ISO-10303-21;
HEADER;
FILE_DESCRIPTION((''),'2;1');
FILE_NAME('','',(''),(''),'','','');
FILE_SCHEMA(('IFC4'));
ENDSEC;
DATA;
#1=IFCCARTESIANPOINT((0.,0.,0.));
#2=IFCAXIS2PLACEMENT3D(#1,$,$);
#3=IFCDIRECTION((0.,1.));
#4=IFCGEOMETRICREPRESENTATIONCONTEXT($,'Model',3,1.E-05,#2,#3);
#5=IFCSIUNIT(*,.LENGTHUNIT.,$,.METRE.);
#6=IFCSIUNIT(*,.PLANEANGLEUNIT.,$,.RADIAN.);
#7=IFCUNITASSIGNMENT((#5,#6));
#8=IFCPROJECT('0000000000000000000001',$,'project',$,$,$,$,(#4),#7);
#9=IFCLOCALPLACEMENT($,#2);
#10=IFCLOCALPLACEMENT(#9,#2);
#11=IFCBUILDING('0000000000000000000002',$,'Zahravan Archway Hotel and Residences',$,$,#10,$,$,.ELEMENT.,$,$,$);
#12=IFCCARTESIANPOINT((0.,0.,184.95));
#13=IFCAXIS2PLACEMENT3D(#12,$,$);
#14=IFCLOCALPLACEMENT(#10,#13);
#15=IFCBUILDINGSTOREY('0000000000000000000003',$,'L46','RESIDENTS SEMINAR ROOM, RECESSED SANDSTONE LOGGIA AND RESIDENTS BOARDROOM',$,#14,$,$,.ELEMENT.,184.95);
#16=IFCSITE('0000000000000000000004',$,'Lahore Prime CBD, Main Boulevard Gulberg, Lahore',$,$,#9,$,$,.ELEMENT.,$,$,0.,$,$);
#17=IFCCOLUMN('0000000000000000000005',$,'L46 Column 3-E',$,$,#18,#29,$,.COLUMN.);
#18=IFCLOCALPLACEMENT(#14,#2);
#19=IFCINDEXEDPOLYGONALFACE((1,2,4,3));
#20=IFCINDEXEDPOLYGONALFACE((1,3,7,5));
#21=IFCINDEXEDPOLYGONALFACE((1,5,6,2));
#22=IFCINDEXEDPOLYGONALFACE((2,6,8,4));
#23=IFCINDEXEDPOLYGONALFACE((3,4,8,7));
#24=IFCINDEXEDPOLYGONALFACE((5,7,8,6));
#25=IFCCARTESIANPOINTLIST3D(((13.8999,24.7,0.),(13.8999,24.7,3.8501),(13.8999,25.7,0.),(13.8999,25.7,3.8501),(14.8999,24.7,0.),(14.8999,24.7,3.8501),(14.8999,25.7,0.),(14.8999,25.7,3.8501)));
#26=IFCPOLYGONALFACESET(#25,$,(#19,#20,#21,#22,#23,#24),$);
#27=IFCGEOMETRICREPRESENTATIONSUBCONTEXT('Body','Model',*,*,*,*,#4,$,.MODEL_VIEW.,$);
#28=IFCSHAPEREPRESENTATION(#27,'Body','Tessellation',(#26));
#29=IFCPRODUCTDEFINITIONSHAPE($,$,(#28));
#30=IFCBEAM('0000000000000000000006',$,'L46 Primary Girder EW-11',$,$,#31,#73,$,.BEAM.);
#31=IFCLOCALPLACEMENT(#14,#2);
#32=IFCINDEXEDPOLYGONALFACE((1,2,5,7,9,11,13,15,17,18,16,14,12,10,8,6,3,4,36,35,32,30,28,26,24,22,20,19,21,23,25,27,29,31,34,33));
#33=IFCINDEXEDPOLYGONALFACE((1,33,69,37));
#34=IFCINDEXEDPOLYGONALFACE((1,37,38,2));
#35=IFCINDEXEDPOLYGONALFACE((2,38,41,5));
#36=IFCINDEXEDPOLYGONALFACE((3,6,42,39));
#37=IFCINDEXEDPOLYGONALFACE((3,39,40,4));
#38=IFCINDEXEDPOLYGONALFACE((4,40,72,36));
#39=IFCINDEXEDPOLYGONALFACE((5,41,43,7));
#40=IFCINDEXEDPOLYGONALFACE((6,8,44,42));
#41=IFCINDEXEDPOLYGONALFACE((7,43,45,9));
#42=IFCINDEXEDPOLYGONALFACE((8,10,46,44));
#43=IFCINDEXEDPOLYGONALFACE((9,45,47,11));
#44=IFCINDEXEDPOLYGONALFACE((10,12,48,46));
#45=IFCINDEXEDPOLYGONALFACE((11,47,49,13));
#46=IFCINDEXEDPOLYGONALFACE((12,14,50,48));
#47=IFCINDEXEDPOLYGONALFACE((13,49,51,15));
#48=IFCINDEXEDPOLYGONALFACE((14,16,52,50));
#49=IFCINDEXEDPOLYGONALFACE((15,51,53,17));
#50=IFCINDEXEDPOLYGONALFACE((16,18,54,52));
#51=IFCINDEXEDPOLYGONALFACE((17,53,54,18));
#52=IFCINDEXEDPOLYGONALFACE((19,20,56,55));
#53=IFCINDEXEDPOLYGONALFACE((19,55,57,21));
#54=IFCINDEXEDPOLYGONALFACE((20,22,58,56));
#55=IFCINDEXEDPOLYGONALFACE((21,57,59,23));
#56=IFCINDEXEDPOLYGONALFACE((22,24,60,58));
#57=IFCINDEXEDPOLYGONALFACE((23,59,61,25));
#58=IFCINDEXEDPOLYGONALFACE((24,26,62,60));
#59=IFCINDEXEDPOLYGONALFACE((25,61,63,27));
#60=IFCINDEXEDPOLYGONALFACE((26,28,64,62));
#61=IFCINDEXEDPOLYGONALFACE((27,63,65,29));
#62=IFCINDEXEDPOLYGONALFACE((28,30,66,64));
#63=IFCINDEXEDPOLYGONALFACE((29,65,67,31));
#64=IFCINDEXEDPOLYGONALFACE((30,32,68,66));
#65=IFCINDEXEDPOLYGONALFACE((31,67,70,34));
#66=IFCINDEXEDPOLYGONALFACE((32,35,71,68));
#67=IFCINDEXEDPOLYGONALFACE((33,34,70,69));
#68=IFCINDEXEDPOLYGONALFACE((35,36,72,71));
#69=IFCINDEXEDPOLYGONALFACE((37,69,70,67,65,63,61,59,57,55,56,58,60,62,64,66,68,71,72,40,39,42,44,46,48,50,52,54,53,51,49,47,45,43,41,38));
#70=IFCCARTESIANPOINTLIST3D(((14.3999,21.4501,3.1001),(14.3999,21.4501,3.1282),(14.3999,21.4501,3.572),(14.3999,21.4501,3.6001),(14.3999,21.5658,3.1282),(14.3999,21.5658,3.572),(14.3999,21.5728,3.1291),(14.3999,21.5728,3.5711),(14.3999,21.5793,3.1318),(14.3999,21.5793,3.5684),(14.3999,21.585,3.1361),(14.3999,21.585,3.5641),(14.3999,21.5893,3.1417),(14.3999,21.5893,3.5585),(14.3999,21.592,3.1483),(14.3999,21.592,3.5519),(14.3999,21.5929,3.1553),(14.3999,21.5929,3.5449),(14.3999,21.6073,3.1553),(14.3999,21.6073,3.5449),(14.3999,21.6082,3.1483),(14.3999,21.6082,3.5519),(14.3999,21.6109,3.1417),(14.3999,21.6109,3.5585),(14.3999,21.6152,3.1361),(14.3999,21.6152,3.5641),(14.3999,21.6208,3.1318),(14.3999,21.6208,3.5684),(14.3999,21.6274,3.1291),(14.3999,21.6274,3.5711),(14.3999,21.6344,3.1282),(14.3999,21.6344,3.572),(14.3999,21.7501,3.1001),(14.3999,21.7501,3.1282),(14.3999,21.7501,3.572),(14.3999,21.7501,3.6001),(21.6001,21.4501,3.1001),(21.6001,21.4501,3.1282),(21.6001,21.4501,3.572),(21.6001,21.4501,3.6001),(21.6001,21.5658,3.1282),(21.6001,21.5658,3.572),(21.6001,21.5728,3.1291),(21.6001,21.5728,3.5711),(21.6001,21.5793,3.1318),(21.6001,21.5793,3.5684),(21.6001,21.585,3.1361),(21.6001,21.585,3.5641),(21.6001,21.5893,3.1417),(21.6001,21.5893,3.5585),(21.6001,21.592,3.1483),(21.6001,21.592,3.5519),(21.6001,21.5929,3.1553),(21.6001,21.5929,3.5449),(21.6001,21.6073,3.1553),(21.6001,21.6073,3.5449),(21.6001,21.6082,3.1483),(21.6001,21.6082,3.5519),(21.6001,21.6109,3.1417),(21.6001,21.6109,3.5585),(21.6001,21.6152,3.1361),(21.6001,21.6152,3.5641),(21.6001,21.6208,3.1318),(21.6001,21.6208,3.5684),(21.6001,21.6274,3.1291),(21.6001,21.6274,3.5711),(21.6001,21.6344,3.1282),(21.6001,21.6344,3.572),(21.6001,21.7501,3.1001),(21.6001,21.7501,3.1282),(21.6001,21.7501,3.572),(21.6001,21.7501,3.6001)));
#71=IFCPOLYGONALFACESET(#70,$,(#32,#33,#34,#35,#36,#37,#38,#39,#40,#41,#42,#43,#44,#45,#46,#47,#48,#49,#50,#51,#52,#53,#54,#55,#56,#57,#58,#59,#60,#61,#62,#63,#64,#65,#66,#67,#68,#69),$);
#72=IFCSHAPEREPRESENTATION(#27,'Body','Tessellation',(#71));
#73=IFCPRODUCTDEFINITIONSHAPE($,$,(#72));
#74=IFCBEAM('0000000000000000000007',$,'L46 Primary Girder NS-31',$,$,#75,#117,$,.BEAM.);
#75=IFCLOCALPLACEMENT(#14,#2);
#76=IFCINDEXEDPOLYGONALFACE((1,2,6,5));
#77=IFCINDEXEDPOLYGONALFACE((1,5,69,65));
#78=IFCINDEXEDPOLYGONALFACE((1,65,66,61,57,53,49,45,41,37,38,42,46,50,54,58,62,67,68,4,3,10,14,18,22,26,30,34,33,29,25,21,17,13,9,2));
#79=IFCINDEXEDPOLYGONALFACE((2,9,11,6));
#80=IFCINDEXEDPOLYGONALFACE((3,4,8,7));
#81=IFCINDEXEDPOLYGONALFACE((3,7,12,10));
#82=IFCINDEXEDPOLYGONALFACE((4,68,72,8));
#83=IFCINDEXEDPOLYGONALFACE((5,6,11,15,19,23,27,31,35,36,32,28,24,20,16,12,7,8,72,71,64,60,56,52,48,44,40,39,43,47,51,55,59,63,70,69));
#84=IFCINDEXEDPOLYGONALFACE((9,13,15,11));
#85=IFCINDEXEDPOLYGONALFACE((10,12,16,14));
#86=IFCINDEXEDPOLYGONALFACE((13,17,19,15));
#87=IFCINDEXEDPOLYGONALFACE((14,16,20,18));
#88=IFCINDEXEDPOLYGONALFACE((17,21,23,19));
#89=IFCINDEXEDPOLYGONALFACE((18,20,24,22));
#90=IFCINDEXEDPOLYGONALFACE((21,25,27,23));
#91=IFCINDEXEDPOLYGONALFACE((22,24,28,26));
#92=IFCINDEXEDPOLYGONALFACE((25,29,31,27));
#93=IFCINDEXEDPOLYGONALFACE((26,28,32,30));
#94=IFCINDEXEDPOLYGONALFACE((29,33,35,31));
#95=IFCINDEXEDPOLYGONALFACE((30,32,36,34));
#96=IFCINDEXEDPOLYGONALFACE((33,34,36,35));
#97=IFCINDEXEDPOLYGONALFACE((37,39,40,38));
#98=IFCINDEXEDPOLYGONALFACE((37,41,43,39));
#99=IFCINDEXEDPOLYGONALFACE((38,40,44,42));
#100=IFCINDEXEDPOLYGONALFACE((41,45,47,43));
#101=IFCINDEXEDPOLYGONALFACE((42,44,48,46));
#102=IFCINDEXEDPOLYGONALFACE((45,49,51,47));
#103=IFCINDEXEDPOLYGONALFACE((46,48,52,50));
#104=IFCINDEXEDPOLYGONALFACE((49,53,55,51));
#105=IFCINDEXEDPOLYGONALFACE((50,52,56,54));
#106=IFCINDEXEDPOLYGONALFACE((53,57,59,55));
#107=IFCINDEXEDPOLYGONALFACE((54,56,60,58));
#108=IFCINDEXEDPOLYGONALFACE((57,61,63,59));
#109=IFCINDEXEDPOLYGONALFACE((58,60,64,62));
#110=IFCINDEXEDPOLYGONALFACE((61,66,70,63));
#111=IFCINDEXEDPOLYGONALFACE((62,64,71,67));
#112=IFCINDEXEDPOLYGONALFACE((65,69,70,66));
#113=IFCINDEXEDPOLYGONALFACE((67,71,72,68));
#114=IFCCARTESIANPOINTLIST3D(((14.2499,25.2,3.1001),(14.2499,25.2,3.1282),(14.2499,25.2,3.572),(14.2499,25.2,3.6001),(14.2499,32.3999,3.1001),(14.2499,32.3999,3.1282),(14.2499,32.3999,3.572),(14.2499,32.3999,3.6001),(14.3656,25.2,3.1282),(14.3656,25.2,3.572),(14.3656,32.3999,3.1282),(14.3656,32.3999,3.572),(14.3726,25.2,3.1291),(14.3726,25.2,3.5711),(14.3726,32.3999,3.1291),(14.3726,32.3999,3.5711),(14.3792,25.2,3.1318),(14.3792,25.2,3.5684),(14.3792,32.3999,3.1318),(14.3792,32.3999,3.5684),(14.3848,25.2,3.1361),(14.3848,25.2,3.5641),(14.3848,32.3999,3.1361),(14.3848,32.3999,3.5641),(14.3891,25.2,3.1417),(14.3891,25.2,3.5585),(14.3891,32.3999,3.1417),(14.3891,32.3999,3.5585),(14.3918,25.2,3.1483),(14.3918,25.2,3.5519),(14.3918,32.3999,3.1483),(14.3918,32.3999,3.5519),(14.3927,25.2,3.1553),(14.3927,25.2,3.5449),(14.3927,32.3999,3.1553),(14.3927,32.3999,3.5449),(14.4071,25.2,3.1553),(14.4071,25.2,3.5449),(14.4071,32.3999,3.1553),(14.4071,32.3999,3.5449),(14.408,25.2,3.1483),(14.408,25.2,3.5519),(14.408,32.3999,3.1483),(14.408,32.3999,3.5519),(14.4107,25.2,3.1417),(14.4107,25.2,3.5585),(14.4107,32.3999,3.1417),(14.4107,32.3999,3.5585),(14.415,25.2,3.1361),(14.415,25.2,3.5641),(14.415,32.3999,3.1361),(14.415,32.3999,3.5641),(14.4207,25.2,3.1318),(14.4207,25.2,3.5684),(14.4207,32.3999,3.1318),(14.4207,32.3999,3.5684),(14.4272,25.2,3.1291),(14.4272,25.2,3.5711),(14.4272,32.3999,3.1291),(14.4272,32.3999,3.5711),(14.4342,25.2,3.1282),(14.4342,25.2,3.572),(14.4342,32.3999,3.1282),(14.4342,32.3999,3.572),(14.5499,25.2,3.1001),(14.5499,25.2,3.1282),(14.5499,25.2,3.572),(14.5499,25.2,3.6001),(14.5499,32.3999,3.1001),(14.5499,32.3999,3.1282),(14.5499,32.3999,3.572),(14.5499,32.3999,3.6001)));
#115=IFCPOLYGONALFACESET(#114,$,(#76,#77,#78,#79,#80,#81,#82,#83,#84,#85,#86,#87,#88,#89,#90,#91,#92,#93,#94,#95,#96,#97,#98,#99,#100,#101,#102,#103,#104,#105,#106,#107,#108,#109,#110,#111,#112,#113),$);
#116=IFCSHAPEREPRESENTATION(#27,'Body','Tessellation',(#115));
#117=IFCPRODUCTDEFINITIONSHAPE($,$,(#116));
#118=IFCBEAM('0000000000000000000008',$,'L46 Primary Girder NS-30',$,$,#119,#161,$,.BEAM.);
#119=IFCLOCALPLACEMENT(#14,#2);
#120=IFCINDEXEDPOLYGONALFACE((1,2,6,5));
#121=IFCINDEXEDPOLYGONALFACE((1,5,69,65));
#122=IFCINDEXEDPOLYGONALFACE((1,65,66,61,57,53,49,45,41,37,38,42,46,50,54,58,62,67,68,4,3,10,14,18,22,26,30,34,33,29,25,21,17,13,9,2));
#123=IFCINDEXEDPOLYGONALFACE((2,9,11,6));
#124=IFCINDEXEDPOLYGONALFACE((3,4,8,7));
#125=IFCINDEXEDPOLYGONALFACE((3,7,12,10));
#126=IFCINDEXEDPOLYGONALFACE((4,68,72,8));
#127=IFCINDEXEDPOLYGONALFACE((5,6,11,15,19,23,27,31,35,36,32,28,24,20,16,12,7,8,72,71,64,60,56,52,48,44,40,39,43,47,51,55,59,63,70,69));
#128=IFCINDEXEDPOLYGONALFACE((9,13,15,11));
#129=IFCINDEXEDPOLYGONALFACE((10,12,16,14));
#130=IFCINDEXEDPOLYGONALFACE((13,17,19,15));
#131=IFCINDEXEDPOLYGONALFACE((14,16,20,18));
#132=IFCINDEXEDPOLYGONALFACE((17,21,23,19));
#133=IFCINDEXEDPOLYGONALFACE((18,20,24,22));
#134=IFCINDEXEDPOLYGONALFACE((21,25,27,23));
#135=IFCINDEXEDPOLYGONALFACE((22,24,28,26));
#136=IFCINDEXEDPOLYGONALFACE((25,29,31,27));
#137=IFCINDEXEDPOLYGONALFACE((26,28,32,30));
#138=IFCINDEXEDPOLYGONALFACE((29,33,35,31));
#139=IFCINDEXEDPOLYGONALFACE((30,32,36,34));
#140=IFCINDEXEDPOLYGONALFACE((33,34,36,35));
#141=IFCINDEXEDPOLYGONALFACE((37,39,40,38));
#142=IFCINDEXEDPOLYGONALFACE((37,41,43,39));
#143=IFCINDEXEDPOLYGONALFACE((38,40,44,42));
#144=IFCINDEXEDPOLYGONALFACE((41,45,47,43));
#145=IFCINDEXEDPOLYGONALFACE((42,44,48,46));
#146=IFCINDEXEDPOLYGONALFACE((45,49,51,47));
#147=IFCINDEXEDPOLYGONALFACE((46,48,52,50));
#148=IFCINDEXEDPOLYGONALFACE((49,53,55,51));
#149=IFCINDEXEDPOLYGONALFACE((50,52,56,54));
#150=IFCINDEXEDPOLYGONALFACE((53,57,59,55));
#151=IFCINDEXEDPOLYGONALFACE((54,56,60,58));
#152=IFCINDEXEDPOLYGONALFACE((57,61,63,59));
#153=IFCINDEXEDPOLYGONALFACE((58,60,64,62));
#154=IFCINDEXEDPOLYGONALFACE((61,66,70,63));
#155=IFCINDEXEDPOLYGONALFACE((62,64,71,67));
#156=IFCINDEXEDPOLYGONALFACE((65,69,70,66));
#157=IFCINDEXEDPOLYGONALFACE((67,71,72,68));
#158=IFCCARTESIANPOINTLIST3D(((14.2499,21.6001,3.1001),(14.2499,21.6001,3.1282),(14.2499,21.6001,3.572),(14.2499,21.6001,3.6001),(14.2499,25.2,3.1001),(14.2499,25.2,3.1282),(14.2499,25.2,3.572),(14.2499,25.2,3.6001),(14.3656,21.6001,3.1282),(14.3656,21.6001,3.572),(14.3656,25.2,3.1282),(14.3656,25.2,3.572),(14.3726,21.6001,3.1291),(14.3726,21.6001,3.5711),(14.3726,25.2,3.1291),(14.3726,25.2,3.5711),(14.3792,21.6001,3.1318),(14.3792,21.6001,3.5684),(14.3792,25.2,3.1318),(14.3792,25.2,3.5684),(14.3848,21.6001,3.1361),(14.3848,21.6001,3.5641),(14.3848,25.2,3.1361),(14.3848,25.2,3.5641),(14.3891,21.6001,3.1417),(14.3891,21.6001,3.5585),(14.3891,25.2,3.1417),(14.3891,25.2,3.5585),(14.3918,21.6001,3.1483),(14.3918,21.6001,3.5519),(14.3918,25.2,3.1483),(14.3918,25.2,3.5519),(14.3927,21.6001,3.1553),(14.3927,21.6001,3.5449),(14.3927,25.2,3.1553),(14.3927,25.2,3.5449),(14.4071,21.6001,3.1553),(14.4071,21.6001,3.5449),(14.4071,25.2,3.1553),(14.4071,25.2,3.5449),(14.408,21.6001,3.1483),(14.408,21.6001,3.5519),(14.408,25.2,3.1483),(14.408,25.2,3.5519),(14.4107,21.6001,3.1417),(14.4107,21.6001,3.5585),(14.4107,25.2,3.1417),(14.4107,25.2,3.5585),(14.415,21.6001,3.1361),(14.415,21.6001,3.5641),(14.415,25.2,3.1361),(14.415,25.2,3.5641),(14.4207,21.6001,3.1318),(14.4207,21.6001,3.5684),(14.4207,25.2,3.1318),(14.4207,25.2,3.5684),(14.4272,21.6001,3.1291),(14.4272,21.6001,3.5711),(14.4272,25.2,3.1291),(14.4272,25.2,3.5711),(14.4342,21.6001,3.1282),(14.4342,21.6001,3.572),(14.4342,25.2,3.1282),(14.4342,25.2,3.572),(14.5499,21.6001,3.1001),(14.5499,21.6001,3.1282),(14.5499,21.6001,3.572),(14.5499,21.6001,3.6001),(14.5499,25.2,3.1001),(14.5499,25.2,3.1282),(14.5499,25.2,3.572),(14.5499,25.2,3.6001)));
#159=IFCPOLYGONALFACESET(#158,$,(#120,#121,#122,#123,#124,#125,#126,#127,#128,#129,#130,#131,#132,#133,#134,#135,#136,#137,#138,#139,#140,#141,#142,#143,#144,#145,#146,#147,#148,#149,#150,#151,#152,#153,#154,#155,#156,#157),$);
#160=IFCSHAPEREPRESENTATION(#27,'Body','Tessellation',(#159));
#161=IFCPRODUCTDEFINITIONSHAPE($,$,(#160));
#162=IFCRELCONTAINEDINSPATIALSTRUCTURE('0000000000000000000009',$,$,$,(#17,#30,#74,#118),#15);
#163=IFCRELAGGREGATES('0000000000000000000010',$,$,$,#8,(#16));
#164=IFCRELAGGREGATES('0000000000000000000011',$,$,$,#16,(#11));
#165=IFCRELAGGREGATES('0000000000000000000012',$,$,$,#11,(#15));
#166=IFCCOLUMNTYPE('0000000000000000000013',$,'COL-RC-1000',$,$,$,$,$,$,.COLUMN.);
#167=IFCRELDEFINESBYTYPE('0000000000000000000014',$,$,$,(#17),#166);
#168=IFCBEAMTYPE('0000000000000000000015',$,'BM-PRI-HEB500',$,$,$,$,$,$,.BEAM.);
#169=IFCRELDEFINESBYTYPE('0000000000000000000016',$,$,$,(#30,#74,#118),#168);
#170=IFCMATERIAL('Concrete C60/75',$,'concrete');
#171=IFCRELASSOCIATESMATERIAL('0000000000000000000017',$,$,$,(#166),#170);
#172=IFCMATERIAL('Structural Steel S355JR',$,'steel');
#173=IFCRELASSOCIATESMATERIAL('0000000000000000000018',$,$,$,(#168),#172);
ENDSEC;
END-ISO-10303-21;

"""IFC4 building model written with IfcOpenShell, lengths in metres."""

from ifc_helpers import new_model, si_unit, direction, frame, origin, origin_2d, place, context, subcontext, project, spatial, rectangle, i_section, extrude, source, transform, mapped, material, material_profile, profile_set, type_object, type_shapes, element, save


model = new_model("IFC4")

# Units and contexts
model_context = context("Model", 3, precision=1e-05, world=origin(), true_north=direction((0.0, 1.0)))
body_context = subcontext(model_context, "Body", "Model", "MODEL_VIEW")
ifc_project = project(units=[si_unit("LENGTHUNIT", "METRE"), si_unit("PLANEANGLEUNIT", "RADIAN")], contexts=[model_context])

# Site, building, storey
site_placement = place(None, origin())
site = spatial("IfcSite", under=ifc_project, at=site_placement, Name="Lahore Prime CBD, Main Boulevard Gulberg, Lahore", CompositionType="ELEMENT", RefElevation=0.0)
building_placement = place(site_placement, origin())
building = spatial("IfcBuilding", under=site, at=building_placement, Name="Zahravan Archway Hotel and Residences", CompositionType="ELEMENT")
storey_placement = place(building_placement, frame((0.0, 0.0, 184.95)))
storey = spatial("IfcBuildingStorey", under=building, at=storey_placement, Name="L46", Description="RESIDENTS SEMINAR ROOM, RECESSED SANDSTONE LOGGIA AND RESIDENTS BOARDROOM", CompositionType="ELEMENT", Elevation=184.95)

# Column
ifc_material_1 = material(Name="Concrete C60/75", Category="concrete")
ifc_material_profile_1 = material_profile(ifc_material_1, rectangle(XDim=1.0, YDim=1.0, at=origin_2d()), Name="RC-COL-1000x1000", Category="concrete")
ifc_profile_set_1 = profile_set([ifc_material_profile_1], Name="Concrete C60/75")
column_type = type_object("IfcColumnType", Name="COL-RC-1000", PredefinedType="COLUMN", material=ifc_profile_set_1)
shared_shape_1 = source(origin(), body_context, "Body", "SweptSolid", [
    extrude(rectangle(XDim=1.0, YDim=1.0, at=origin_2d()), origin(), (0.0, 0.0, 1.0), 3.8501),
])
column_placement = place(storey_placement, frame((14.3999, 25.2, 0.0), z_axis=(0.0, 0.0, 1.0), x_axis=(1.0, 0.0, 0.0)))
element("IfcColumn", 1, at=column_placement, inside=storey, type_object=column_type, Name="L46 Column 3-E", PredefinedType="COLUMN", context=body_context, shape_type="MappedRepresentation", body=[
    mapped(shared_shape_1, transform((0.0, 0.0, 0.0), scale=1.0)),
])

# Beams
ifc_material_2 = material(Name="Structural Steel S355JR", Category="steel")
ifc_material_profile_2 = material_profile(ifc_material_2, i_section(OverallWidth=0.3, OverallDepth=0.5, WebThickness=0.0144, FlangeThickness=0.0281, FilletRadius=0.0271, at=origin_2d()), Name="HEB 500", Category="steel")
ifc_profile_set_2 = profile_set([ifc_material_profile_2], Name="Structural Steel S355JR")
beam_type_1 = type_object("IfcBeamType", Name="BM-PRI-HEB500", PredefinedType="BEAM", material=ifc_profile_set_2)
shared_shape_2 = source(origin(), body_context, "Body", "SweptSolid", [
    extrude(i_section(OverallWidth=0.3, OverallDepth=0.5, WebThickness=0.0144, FlangeThickness=0.0281, FilletRadius=0.0271, at=origin_2d()), origin(), (0.0, 0.0, 1.0), 7.2002),
])
type_shapes(beam_type_1, [shared_shape_2])
beam_1_placement = place(storey_placement, frame((14.3999, 21.6001, 3.3501), z_axis=(1.0, 0.0, 0.0), x_axis=(0.0, 1.0, 0.0)))
element("IfcBeam", 2, at=beam_1_placement, inside=storey, type_object=beam_type_1, Name="L46 Primary Girder EW-11", PredefinedType="BEAM", context=body_context, shape_type="MappedRepresentation", body=[
    mapped(shared_shape_2, transform((0.0, 0.0, 0.0), scale=1.0)),
])
shared_shape_3 = source(origin(), body_context, "Body", "SweptSolid", [
    extrude(i_section(OverallWidth=0.3, OverallDepth=0.5, WebThickness=0.0144, FlangeThickness=0.0281, FilletRadius=0.0271, at=origin_2d()), origin(), (0.0, 0.0, 1.0), 7.2),
])
beam_2_placement = place(storey_placement, frame((14.3999, 25.2, 3.3501), z_axis=(0.0, 1.0, 0.0), x_axis=(-1.0, 0.0, 0.0)))
element("IfcBeam", 3, at=beam_2_placement, inside=storey, type_object=beam_type_1, Name="L46 Primary Girder NS-31", PredefinedType="BEAM", context=body_context, shape_type="MappedRepresentation", body=[
    mapped(shared_shape_3, transform((0.0, 0.0, 0.0), scale=1.0)),
])
shared_shape_4 = source(origin(), body_context, "Body", "SweptSolid", [
    extrude(i_section(OverallWidth=0.3, OverallDepth=0.5, WebThickness=0.0144, FlangeThickness=0.0281, FilletRadius=0.0271, at=origin_2d()), origin(), (0.0, 0.0, 1.0), 3.5999),
])
beam_3_placement = place(storey_placement, frame((14.3999, 21.6001, 3.3501), z_axis=(0.0, 1.0, 0.0), x_axis=(-1.0, 0.0, 0.0)))
element("IfcBeam", 4, at=beam_3_placement, inside=storey, type_object=beam_type_1, Name="L46 Primary Girder NS-30", PredefinedType="BEAM", context=body_context, shape_type="MappedRepresentation", body=[
    mapped(shared_shape_4, transform((0.0, 0.0, 0.0), scale=1.0)),
])

save(model, "model.ifc")
